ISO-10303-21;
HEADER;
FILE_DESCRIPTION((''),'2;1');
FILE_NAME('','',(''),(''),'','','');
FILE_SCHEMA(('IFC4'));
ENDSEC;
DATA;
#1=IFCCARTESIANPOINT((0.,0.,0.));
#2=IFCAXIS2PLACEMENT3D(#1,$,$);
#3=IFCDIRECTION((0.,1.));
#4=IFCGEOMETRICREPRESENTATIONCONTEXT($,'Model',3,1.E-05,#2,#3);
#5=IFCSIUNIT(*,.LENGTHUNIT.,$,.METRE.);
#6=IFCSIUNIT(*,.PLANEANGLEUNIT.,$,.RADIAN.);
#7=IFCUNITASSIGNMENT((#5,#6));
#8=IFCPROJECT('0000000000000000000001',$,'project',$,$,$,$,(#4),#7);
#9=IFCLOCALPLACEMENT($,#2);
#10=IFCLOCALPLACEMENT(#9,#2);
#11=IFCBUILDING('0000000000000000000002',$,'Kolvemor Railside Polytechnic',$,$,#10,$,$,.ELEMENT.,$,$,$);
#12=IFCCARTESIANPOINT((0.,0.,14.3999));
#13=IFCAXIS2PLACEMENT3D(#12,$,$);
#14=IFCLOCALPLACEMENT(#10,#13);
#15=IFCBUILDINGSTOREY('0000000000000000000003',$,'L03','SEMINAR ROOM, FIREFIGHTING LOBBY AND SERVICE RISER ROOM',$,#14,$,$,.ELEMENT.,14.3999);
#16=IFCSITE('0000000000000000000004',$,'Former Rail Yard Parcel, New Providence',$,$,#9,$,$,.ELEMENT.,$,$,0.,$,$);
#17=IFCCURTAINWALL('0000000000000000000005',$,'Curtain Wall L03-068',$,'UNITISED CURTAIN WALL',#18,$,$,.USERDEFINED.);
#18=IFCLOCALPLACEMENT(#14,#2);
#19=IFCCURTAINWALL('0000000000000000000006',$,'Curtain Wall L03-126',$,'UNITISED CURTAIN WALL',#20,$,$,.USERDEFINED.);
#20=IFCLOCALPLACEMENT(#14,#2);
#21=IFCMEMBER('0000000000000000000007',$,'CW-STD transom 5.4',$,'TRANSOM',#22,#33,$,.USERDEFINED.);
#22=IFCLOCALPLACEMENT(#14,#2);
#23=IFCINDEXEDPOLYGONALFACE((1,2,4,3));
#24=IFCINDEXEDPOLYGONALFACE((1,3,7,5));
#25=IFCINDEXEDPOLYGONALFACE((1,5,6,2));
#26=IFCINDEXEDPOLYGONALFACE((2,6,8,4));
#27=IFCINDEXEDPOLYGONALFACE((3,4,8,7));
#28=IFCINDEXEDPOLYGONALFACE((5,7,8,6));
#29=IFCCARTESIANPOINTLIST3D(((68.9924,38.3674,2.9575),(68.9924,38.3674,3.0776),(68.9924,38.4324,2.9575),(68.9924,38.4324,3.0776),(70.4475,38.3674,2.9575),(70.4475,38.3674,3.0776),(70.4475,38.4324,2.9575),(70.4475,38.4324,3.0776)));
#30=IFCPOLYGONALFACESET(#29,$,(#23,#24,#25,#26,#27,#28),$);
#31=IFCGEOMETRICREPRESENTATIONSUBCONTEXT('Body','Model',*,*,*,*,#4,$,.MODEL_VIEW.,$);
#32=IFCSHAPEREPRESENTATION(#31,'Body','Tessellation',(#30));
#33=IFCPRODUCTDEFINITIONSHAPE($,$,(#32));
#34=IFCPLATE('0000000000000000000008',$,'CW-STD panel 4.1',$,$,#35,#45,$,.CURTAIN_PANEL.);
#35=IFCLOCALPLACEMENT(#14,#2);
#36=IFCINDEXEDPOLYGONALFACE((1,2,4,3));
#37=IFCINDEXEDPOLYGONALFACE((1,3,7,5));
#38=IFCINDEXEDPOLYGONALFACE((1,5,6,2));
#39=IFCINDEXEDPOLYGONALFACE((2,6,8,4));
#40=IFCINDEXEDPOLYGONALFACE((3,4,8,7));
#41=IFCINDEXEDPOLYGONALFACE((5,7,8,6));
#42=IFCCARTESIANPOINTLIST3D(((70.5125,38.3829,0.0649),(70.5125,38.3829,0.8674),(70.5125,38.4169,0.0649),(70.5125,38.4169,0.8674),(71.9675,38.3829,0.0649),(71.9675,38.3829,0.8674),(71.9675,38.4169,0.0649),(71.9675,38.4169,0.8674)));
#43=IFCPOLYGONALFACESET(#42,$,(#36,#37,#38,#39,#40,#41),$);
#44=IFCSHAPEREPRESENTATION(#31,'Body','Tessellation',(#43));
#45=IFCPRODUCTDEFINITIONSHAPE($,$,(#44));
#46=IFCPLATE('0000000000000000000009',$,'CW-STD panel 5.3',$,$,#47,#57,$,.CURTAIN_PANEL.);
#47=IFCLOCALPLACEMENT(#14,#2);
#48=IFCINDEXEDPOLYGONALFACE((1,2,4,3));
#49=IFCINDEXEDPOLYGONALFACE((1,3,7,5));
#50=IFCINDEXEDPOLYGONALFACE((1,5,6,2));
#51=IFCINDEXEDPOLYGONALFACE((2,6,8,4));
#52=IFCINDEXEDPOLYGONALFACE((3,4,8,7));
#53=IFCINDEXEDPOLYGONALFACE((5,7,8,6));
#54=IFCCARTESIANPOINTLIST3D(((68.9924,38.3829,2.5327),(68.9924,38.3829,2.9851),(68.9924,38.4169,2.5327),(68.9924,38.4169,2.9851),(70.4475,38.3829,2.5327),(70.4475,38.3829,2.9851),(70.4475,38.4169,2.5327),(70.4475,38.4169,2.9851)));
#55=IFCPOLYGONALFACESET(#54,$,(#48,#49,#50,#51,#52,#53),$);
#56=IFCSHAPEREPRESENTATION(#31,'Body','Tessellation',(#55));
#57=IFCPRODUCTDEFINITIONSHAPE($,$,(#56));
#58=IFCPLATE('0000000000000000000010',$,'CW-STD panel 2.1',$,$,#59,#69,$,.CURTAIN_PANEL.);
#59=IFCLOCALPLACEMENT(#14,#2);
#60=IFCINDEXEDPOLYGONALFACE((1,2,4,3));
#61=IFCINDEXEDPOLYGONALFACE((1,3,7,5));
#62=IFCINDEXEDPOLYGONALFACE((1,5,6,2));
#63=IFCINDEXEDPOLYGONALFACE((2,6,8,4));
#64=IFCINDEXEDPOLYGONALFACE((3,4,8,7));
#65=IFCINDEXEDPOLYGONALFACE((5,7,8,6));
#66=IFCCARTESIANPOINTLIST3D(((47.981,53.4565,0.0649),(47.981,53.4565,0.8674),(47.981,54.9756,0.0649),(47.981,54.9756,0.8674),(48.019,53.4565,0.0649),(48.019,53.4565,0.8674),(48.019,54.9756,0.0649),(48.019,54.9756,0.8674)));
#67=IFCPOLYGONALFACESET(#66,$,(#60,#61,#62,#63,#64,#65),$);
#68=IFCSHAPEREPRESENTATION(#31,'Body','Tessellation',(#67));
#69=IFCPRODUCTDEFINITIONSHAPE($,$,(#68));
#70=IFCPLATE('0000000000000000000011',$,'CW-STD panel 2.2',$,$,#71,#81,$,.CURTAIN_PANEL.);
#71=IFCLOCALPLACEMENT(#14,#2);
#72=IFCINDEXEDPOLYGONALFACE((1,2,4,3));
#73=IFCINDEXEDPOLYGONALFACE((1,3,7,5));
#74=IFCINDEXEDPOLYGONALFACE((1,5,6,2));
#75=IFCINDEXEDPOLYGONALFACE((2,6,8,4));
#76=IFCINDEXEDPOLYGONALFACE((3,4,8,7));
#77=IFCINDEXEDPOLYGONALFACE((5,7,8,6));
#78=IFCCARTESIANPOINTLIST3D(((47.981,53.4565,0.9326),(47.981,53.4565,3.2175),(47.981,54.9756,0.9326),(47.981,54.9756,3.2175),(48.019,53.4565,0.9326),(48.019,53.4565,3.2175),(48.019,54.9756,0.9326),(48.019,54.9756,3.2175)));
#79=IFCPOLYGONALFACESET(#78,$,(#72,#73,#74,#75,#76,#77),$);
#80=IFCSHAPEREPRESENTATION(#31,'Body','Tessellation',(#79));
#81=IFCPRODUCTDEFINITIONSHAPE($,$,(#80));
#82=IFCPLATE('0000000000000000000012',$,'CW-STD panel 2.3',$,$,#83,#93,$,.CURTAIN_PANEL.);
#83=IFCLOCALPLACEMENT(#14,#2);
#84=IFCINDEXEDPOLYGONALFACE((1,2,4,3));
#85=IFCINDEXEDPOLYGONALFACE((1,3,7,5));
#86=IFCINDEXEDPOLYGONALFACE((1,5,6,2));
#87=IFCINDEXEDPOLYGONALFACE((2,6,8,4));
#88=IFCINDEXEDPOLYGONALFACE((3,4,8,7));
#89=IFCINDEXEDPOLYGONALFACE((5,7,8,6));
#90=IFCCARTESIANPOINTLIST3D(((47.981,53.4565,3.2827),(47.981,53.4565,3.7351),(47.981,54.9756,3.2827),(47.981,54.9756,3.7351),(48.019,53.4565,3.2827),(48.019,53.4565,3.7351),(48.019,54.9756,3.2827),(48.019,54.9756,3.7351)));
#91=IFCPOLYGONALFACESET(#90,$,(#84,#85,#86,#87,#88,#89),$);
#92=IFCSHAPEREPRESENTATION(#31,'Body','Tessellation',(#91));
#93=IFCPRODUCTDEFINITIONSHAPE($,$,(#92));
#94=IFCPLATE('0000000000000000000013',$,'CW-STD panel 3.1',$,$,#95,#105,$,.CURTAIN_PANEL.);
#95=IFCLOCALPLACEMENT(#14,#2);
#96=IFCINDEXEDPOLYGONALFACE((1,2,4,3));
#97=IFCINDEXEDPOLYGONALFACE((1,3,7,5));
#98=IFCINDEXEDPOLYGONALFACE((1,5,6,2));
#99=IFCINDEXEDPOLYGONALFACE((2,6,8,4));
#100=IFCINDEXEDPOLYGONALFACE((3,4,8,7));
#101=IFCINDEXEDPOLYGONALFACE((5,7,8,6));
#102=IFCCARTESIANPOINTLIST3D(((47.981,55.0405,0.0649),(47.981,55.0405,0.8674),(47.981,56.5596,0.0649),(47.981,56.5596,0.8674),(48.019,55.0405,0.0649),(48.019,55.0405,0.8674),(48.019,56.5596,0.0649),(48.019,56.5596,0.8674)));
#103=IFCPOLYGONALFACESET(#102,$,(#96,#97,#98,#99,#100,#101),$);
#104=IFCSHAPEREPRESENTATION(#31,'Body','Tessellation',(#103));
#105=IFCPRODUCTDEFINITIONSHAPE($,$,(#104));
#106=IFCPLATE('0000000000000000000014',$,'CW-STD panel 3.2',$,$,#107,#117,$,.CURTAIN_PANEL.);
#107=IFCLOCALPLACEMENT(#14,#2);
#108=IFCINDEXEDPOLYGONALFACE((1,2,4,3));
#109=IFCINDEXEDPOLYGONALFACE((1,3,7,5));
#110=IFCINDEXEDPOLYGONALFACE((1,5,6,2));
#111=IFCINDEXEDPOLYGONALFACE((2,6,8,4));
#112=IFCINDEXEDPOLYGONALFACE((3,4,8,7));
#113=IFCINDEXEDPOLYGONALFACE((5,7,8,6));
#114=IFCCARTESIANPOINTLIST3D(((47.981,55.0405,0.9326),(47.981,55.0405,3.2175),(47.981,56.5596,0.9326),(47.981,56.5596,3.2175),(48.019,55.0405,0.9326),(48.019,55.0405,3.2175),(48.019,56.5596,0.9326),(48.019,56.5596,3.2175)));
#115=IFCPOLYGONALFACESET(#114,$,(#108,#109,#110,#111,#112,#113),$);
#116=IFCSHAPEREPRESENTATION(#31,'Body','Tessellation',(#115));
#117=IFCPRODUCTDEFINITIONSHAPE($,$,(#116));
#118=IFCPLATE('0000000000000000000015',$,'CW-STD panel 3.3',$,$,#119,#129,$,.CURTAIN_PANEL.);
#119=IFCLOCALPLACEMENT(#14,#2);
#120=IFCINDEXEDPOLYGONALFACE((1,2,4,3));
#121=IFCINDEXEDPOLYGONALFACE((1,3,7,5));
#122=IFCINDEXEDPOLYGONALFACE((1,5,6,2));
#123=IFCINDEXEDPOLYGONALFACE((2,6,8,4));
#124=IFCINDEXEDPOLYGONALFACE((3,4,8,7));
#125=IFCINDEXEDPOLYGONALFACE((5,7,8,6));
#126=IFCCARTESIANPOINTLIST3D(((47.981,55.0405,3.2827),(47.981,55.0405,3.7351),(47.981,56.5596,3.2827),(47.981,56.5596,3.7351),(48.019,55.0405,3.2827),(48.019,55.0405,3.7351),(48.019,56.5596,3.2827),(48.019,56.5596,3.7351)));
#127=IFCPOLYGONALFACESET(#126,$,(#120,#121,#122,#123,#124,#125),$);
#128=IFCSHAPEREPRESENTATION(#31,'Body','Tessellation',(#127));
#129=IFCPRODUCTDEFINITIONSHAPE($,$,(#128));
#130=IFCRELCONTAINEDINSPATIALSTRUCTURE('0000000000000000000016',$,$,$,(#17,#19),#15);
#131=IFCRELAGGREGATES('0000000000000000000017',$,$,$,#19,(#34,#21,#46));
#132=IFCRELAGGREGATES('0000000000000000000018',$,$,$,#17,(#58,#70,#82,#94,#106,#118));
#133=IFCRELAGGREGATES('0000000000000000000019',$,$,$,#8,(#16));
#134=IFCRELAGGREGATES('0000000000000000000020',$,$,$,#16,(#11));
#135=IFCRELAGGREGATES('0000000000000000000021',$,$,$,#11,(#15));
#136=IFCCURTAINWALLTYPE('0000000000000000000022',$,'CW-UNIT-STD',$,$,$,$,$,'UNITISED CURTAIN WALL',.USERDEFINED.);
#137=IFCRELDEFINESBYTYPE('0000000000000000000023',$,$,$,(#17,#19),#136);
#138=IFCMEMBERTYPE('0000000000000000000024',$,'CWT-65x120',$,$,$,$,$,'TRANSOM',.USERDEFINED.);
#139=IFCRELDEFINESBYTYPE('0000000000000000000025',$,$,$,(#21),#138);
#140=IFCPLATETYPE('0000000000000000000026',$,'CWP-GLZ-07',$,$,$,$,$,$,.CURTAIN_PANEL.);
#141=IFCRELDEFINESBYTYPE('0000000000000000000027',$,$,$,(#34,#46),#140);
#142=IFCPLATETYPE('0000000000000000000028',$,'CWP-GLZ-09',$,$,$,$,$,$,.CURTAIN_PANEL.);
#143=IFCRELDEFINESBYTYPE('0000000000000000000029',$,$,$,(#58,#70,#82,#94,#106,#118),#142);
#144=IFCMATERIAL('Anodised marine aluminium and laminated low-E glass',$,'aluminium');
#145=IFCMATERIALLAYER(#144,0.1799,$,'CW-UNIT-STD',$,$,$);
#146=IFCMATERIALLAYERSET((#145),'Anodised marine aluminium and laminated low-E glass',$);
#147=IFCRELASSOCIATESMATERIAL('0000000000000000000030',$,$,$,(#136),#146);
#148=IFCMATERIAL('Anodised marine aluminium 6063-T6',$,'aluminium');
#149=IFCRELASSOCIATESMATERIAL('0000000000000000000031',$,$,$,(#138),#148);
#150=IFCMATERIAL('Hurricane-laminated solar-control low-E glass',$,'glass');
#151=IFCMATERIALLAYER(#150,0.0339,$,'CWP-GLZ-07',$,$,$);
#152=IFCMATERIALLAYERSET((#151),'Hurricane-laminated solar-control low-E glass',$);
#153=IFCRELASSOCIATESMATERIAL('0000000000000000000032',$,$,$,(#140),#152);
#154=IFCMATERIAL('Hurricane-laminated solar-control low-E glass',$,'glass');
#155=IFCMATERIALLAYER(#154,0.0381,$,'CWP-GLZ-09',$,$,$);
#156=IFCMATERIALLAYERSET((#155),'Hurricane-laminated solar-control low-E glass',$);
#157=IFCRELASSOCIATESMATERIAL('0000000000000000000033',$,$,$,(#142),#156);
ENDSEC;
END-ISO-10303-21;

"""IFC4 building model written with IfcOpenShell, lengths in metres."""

from ifc_helpers import new_model, si_unit, direction, frame, origin, origin_2d, place, context, subcontext, project, spatial, rectangle, extrude, material, layer, layer_set, material_profile, profile_set, type_object, element, aggregate, save


model = new_model("IFC4")

# Units and contexts
model_context = context("Model", 3, precision=1e-05, world=origin(), true_north=direction((0.0, 1.0)))
body_context = subcontext(model_context, "Body", "Model", "MODEL_VIEW")
ifc_project = project(units=[si_unit("LENGTHUNIT", "METRE"), si_unit("PLANEANGLEUNIT", "RADIAN")], contexts=[model_context])

# Site, building, storey
site_placement = place(None, origin())
site = spatial("IfcSite", under=ifc_project, at=site_placement, Name="Former Rail Yard Parcel, New Providence", CompositionType="ELEMENT", RefElevation=0.0)
building_placement = place(site_placement, origin())
building = spatial("IfcBuilding", under=site, at=building_placement, Name="Kolvemor Railside Polytechnic", CompositionType="ELEMENT")
storey_placement = place(building_placement, frame((0.0, 0.0, 14.3999)))
storey = spatial("IfcBuildingStorey", under=building, at=storey_placement, Name="L03", Description="SEMINAR ROOM, FIREFIGHTING LOBBY AND SERVICE RISER ROOM", CompositionType="ELEMENT", Elevation=14.3999)

# Curtain wall
ifc_material_1 = material(Name="Anodised marine aluminium and laminated low-E glass", Category="aluminium")
ifc_layer_1 = layer(ifc_material_1, 0.1799, Name="CW-UNIT-STD")
ifc_layer_set_1 = layer_set([ifc_layer_1], Name="Anodised marine aluminium and laminated low-E glass")
curtain_wall_type = type_object("IfcCurtainWallType", Name="CW-UNIT-STD", ElementType="UNITISED CURTAIN WALL", PredefinedType="USERDEFINED", material=ifc_layer_set_1)
curtain_wall_1_placement = place(storey_placement, origin())
curtain_wall_1 = element("IfcCurtainWall", 1, at=curtain_wall_1_placement, inside=storey, type_object=curtain_wall_type, Name="Curtain Wall L03-068", ObjectType="UNITISED CURTAIN WALL", PredefinedType="USERDEFINED")

# Curtain wall
curtain_wall_2_placement = place(storey_placement, origin())
curtain_wall_2 = element("IfcCurtainWall", 2, at=curtain_wall_2_placement, inside=storey, type_object=curtain_wall_type, Name="Curtain Wall L03-126", ObjectType="UNITISED CURTAIN WALL", PredefinedType="USERDEFINED")

# Member
ifc_material_2 = material(Name="Anodised marine aluminium 6063-T6", Category="aluminium")
ifc_material_profile_1 = material_profile(ifc_material_2, rectangle(XDim=0.0649, YDim=0.1201, at=origin_2d()), Name="CW-TRN-65x120")
ifc_profile_set_1 = profile_set([ifc_material_profile_1], Name="Anodised marine aluminium 6063-T6")
member_type_1 = type_object("IfcMemberType", Name="CWT-65x120", ElementType="TRANSOM", PredefinedType="USERDEFINED", material=ifc_profile_set_1)
member_1_placement = place(storey_placement, frame((70.4475, 38.3999, 3.0176), z_axis=(-1.0, 0.0, 0.0), x_axis=(0.0, -1.0, 0.0)))
member_1 = element("IfcMember", 3, at=member_1_placement, type_object=member_type_1, Name="CW-STD transom 5.4", ObjectType="TRANSOM", PredefinedType="USERDEFINED", context=body_context, shape_type="SweptSolid", body=[
    extrude(rectangle(XDim=0.0649, YDim=0.1201, at=origin_2d()), origin(), (0.0, 0.0, 1.0), 1.4551),
])

# Plates
ifc_material_3 = material(Name="Hurricane-laminated solar-control low-E glass", Category="glass")
ifc_layer_2 = layer(ifc_material_3, 0.0339, Name="CWP-GLZ-07")
ifc_layer_set_2 = layer_set([ifc_layer_2], Name="Hurricane-laminated solar-control low-E glass")
plate_type_1 = type_object("IfcPlateType", Name="CWP-GLZ-07", PredefinedType="CURTAIN_PANEL", material=ifc_layer_set_2)
plate_1_placement = place(storey_placement, frame((71.24, 38.3999, 0.0649), z_axis=(0.0, 0.0, 1.0), x_axis=(-1.0, 0.0, 0.0)))
plate_1 = element("IfcPlate", 4, at=plate_1_placement, type_object=plate_type_1, Name="CW-STD panel 4.1", PredefinedType="CURTAIN_PANEL", context=body_context, shape_type="SweptSolid", body=[
    extrude(rectangle(XDim=1.4551, YDim=0.0339, at=origin_2d()), origin(), (0.0, 0.0, 1.0), 0.8025),
])
plate_2_placement = place(storey_placement, frame((69.72, 38.3999, 2.5327), z_axis=(0.0, 0.0, 1.0), x_axis=(-1.0, 0.0, 0.0)))
plate_2 = element("IfcPlate", 5, at=plate_2_placement, type_object=plate_type_1, Name="CW-STD panel 5.3", PredefinedType="CURTAIN_PANEL", context=body_context, shape_type="SweptSolid", body=[
    extrude(rectangle(XDim=1.4551, YDim=0.0339, at=origin_2d()), origin(), (0.0, 0.0, 1.0), 0.4524),
])
aggregate(curtain_wall_2, [plate_1, member_1, plate_2])
ifc_material_4 = material(Name="Hurricane-laminated solar-control low-E glass", Category="glass")
ifc_layer_3 = layer(ifc_material_4, 0.0381, Name="CWP-GLZ-09")
ifc_layer_set_3 = layer_set([ifc_layer_3], Name="Hurricane-laminated solar-control low-E glass")
plate_type_2 = type_object("IfcPlateType", Name="CWP-GLZ-09", PredefinedType="CURTAIN_PANEL", material=ifc_layer_set_3)
plate_3_placement = place(storey_placement, frame((48.0, 54.2161, 0.0649), z_axis=(0.0, 0.0, 1.0), x_axis=(0.0, 1.0, 0.0)))
plate_3 = element("IfcPlate", 6, at=plate_3_placement, type_object=plate_type_2, Name="CW-STD panel 2.1", PredefinedType="CURTAIN_PANEL", context=body_context, shape_type="SweptSolid", body=[
    extrude(rectangle(XDim=1.519, YDim=0.0381, at=origin_2d()), origin(), (0.0, 0.0, 1.0), 0.8025),
])
plate_4_placement = place(storey_placement, frame((48.0, 54.2161, 0.9326), z_axis=(0.0, 0.0, 1.0), x_axis=(0.0, 1.0, 0.0)))
plate_4 = element("IfcPlate", 7, at=plate_4_placement, type_object=plate_type_2, Name="CW-STD panel 2.2", PredefinedType="CURTAIN_PANEL", context=body_context, shape_type="SweptSolid", body=[
    extrude(rectangle(XDim=1.519, YDim=0.0381, at=origin_2d()), origin(), (0.0, 0.0, 1.0), 2.2849),
])
plate_5_placement = place(storey_placement, frame((48.0, 54.2161, 3.2827), z_axis=(0.0, 0.0, 1.0), x_axis=(0.0, 1.0, 0.0)))
plate_5 = element("IfcPlate", 8, at=plate_5_placement, type_object=plate_type_2, Name="CW-STD panel 2.3", PredefinedType="CURTAIN_PANEL", context=body_context, shape_type="SweptSolid", body=[
    extrude(rectangle(XDim=1.519, YDim=0.0381, at=origin_2d()), origin(), (0.0, 0.0, 1.0), 0.4524),
])
plate_6_placement = place(storey_placement, frame((48.0, 55.8, 0.0649), z_axis=(0.0, 0.0, 1.0), x_axis=(0.0, 1.0, 0.0)))
plate_6 = element("IfcPlate", 9, at=plate_6_placement, type_object=plate_type_2, Name="CW-STD panel 3.1", PredefinedType="CURTAIN_PANEL", context=body_context, shape_type="SweptSolid", body=[
    extrude(rectangle(XDim=1.519, YDim=0.0381, at=origin_2d()), origin(), (0.0, 0.0, 1.0), 0.8025),
])
plate_7_placement = place(storey_placement, frame((48.0, 55.8, 0.9326), z_axis=(0.0, 0.0, 1.0), x_axis=(0.0, 1.0, 0.0)))
plate_7 = element("IfcPlate", 10, at=plate_7_placement, type_object=plate_type_2, Name="CW-STD panel 3.2", PredefinedType="CURTAIN_PANEL", context=body_context, shape_type="SweptSolid", body=[
    extrude(rectangle(XDim=1.519, YDim=0.0381, at=origin_2d()), origin(), (0.0, 0.0, 1.0), 2.2849),
])
plate_8_placement = place(storey_placement, frame((48.0, 55.8, 3.2827), z_axis=(0.0, 0.0, 1.0), x_axis=(0.0, 1.0, 0.0)))
plate_8 = element("IfcPlate", 11, at=plate_8_placement, type_object=plate_type_2, Name="CW-STD panel 3.3", PredefinedType="CURTAIN_PANEL", context=body_context, shape_type="SweptSolid", body=[
    extrude(rectangle(XDim=1.519, YDim=0.0381, at=origin_2d()), origin(), (0.0, 0.0, 1.0), 0.4524),
])
aggregate(curtain_wall_1, [plate_3, plate_4, plate_5, plate_6, plate_7, plate_8])

save(model, "model.ifc")
